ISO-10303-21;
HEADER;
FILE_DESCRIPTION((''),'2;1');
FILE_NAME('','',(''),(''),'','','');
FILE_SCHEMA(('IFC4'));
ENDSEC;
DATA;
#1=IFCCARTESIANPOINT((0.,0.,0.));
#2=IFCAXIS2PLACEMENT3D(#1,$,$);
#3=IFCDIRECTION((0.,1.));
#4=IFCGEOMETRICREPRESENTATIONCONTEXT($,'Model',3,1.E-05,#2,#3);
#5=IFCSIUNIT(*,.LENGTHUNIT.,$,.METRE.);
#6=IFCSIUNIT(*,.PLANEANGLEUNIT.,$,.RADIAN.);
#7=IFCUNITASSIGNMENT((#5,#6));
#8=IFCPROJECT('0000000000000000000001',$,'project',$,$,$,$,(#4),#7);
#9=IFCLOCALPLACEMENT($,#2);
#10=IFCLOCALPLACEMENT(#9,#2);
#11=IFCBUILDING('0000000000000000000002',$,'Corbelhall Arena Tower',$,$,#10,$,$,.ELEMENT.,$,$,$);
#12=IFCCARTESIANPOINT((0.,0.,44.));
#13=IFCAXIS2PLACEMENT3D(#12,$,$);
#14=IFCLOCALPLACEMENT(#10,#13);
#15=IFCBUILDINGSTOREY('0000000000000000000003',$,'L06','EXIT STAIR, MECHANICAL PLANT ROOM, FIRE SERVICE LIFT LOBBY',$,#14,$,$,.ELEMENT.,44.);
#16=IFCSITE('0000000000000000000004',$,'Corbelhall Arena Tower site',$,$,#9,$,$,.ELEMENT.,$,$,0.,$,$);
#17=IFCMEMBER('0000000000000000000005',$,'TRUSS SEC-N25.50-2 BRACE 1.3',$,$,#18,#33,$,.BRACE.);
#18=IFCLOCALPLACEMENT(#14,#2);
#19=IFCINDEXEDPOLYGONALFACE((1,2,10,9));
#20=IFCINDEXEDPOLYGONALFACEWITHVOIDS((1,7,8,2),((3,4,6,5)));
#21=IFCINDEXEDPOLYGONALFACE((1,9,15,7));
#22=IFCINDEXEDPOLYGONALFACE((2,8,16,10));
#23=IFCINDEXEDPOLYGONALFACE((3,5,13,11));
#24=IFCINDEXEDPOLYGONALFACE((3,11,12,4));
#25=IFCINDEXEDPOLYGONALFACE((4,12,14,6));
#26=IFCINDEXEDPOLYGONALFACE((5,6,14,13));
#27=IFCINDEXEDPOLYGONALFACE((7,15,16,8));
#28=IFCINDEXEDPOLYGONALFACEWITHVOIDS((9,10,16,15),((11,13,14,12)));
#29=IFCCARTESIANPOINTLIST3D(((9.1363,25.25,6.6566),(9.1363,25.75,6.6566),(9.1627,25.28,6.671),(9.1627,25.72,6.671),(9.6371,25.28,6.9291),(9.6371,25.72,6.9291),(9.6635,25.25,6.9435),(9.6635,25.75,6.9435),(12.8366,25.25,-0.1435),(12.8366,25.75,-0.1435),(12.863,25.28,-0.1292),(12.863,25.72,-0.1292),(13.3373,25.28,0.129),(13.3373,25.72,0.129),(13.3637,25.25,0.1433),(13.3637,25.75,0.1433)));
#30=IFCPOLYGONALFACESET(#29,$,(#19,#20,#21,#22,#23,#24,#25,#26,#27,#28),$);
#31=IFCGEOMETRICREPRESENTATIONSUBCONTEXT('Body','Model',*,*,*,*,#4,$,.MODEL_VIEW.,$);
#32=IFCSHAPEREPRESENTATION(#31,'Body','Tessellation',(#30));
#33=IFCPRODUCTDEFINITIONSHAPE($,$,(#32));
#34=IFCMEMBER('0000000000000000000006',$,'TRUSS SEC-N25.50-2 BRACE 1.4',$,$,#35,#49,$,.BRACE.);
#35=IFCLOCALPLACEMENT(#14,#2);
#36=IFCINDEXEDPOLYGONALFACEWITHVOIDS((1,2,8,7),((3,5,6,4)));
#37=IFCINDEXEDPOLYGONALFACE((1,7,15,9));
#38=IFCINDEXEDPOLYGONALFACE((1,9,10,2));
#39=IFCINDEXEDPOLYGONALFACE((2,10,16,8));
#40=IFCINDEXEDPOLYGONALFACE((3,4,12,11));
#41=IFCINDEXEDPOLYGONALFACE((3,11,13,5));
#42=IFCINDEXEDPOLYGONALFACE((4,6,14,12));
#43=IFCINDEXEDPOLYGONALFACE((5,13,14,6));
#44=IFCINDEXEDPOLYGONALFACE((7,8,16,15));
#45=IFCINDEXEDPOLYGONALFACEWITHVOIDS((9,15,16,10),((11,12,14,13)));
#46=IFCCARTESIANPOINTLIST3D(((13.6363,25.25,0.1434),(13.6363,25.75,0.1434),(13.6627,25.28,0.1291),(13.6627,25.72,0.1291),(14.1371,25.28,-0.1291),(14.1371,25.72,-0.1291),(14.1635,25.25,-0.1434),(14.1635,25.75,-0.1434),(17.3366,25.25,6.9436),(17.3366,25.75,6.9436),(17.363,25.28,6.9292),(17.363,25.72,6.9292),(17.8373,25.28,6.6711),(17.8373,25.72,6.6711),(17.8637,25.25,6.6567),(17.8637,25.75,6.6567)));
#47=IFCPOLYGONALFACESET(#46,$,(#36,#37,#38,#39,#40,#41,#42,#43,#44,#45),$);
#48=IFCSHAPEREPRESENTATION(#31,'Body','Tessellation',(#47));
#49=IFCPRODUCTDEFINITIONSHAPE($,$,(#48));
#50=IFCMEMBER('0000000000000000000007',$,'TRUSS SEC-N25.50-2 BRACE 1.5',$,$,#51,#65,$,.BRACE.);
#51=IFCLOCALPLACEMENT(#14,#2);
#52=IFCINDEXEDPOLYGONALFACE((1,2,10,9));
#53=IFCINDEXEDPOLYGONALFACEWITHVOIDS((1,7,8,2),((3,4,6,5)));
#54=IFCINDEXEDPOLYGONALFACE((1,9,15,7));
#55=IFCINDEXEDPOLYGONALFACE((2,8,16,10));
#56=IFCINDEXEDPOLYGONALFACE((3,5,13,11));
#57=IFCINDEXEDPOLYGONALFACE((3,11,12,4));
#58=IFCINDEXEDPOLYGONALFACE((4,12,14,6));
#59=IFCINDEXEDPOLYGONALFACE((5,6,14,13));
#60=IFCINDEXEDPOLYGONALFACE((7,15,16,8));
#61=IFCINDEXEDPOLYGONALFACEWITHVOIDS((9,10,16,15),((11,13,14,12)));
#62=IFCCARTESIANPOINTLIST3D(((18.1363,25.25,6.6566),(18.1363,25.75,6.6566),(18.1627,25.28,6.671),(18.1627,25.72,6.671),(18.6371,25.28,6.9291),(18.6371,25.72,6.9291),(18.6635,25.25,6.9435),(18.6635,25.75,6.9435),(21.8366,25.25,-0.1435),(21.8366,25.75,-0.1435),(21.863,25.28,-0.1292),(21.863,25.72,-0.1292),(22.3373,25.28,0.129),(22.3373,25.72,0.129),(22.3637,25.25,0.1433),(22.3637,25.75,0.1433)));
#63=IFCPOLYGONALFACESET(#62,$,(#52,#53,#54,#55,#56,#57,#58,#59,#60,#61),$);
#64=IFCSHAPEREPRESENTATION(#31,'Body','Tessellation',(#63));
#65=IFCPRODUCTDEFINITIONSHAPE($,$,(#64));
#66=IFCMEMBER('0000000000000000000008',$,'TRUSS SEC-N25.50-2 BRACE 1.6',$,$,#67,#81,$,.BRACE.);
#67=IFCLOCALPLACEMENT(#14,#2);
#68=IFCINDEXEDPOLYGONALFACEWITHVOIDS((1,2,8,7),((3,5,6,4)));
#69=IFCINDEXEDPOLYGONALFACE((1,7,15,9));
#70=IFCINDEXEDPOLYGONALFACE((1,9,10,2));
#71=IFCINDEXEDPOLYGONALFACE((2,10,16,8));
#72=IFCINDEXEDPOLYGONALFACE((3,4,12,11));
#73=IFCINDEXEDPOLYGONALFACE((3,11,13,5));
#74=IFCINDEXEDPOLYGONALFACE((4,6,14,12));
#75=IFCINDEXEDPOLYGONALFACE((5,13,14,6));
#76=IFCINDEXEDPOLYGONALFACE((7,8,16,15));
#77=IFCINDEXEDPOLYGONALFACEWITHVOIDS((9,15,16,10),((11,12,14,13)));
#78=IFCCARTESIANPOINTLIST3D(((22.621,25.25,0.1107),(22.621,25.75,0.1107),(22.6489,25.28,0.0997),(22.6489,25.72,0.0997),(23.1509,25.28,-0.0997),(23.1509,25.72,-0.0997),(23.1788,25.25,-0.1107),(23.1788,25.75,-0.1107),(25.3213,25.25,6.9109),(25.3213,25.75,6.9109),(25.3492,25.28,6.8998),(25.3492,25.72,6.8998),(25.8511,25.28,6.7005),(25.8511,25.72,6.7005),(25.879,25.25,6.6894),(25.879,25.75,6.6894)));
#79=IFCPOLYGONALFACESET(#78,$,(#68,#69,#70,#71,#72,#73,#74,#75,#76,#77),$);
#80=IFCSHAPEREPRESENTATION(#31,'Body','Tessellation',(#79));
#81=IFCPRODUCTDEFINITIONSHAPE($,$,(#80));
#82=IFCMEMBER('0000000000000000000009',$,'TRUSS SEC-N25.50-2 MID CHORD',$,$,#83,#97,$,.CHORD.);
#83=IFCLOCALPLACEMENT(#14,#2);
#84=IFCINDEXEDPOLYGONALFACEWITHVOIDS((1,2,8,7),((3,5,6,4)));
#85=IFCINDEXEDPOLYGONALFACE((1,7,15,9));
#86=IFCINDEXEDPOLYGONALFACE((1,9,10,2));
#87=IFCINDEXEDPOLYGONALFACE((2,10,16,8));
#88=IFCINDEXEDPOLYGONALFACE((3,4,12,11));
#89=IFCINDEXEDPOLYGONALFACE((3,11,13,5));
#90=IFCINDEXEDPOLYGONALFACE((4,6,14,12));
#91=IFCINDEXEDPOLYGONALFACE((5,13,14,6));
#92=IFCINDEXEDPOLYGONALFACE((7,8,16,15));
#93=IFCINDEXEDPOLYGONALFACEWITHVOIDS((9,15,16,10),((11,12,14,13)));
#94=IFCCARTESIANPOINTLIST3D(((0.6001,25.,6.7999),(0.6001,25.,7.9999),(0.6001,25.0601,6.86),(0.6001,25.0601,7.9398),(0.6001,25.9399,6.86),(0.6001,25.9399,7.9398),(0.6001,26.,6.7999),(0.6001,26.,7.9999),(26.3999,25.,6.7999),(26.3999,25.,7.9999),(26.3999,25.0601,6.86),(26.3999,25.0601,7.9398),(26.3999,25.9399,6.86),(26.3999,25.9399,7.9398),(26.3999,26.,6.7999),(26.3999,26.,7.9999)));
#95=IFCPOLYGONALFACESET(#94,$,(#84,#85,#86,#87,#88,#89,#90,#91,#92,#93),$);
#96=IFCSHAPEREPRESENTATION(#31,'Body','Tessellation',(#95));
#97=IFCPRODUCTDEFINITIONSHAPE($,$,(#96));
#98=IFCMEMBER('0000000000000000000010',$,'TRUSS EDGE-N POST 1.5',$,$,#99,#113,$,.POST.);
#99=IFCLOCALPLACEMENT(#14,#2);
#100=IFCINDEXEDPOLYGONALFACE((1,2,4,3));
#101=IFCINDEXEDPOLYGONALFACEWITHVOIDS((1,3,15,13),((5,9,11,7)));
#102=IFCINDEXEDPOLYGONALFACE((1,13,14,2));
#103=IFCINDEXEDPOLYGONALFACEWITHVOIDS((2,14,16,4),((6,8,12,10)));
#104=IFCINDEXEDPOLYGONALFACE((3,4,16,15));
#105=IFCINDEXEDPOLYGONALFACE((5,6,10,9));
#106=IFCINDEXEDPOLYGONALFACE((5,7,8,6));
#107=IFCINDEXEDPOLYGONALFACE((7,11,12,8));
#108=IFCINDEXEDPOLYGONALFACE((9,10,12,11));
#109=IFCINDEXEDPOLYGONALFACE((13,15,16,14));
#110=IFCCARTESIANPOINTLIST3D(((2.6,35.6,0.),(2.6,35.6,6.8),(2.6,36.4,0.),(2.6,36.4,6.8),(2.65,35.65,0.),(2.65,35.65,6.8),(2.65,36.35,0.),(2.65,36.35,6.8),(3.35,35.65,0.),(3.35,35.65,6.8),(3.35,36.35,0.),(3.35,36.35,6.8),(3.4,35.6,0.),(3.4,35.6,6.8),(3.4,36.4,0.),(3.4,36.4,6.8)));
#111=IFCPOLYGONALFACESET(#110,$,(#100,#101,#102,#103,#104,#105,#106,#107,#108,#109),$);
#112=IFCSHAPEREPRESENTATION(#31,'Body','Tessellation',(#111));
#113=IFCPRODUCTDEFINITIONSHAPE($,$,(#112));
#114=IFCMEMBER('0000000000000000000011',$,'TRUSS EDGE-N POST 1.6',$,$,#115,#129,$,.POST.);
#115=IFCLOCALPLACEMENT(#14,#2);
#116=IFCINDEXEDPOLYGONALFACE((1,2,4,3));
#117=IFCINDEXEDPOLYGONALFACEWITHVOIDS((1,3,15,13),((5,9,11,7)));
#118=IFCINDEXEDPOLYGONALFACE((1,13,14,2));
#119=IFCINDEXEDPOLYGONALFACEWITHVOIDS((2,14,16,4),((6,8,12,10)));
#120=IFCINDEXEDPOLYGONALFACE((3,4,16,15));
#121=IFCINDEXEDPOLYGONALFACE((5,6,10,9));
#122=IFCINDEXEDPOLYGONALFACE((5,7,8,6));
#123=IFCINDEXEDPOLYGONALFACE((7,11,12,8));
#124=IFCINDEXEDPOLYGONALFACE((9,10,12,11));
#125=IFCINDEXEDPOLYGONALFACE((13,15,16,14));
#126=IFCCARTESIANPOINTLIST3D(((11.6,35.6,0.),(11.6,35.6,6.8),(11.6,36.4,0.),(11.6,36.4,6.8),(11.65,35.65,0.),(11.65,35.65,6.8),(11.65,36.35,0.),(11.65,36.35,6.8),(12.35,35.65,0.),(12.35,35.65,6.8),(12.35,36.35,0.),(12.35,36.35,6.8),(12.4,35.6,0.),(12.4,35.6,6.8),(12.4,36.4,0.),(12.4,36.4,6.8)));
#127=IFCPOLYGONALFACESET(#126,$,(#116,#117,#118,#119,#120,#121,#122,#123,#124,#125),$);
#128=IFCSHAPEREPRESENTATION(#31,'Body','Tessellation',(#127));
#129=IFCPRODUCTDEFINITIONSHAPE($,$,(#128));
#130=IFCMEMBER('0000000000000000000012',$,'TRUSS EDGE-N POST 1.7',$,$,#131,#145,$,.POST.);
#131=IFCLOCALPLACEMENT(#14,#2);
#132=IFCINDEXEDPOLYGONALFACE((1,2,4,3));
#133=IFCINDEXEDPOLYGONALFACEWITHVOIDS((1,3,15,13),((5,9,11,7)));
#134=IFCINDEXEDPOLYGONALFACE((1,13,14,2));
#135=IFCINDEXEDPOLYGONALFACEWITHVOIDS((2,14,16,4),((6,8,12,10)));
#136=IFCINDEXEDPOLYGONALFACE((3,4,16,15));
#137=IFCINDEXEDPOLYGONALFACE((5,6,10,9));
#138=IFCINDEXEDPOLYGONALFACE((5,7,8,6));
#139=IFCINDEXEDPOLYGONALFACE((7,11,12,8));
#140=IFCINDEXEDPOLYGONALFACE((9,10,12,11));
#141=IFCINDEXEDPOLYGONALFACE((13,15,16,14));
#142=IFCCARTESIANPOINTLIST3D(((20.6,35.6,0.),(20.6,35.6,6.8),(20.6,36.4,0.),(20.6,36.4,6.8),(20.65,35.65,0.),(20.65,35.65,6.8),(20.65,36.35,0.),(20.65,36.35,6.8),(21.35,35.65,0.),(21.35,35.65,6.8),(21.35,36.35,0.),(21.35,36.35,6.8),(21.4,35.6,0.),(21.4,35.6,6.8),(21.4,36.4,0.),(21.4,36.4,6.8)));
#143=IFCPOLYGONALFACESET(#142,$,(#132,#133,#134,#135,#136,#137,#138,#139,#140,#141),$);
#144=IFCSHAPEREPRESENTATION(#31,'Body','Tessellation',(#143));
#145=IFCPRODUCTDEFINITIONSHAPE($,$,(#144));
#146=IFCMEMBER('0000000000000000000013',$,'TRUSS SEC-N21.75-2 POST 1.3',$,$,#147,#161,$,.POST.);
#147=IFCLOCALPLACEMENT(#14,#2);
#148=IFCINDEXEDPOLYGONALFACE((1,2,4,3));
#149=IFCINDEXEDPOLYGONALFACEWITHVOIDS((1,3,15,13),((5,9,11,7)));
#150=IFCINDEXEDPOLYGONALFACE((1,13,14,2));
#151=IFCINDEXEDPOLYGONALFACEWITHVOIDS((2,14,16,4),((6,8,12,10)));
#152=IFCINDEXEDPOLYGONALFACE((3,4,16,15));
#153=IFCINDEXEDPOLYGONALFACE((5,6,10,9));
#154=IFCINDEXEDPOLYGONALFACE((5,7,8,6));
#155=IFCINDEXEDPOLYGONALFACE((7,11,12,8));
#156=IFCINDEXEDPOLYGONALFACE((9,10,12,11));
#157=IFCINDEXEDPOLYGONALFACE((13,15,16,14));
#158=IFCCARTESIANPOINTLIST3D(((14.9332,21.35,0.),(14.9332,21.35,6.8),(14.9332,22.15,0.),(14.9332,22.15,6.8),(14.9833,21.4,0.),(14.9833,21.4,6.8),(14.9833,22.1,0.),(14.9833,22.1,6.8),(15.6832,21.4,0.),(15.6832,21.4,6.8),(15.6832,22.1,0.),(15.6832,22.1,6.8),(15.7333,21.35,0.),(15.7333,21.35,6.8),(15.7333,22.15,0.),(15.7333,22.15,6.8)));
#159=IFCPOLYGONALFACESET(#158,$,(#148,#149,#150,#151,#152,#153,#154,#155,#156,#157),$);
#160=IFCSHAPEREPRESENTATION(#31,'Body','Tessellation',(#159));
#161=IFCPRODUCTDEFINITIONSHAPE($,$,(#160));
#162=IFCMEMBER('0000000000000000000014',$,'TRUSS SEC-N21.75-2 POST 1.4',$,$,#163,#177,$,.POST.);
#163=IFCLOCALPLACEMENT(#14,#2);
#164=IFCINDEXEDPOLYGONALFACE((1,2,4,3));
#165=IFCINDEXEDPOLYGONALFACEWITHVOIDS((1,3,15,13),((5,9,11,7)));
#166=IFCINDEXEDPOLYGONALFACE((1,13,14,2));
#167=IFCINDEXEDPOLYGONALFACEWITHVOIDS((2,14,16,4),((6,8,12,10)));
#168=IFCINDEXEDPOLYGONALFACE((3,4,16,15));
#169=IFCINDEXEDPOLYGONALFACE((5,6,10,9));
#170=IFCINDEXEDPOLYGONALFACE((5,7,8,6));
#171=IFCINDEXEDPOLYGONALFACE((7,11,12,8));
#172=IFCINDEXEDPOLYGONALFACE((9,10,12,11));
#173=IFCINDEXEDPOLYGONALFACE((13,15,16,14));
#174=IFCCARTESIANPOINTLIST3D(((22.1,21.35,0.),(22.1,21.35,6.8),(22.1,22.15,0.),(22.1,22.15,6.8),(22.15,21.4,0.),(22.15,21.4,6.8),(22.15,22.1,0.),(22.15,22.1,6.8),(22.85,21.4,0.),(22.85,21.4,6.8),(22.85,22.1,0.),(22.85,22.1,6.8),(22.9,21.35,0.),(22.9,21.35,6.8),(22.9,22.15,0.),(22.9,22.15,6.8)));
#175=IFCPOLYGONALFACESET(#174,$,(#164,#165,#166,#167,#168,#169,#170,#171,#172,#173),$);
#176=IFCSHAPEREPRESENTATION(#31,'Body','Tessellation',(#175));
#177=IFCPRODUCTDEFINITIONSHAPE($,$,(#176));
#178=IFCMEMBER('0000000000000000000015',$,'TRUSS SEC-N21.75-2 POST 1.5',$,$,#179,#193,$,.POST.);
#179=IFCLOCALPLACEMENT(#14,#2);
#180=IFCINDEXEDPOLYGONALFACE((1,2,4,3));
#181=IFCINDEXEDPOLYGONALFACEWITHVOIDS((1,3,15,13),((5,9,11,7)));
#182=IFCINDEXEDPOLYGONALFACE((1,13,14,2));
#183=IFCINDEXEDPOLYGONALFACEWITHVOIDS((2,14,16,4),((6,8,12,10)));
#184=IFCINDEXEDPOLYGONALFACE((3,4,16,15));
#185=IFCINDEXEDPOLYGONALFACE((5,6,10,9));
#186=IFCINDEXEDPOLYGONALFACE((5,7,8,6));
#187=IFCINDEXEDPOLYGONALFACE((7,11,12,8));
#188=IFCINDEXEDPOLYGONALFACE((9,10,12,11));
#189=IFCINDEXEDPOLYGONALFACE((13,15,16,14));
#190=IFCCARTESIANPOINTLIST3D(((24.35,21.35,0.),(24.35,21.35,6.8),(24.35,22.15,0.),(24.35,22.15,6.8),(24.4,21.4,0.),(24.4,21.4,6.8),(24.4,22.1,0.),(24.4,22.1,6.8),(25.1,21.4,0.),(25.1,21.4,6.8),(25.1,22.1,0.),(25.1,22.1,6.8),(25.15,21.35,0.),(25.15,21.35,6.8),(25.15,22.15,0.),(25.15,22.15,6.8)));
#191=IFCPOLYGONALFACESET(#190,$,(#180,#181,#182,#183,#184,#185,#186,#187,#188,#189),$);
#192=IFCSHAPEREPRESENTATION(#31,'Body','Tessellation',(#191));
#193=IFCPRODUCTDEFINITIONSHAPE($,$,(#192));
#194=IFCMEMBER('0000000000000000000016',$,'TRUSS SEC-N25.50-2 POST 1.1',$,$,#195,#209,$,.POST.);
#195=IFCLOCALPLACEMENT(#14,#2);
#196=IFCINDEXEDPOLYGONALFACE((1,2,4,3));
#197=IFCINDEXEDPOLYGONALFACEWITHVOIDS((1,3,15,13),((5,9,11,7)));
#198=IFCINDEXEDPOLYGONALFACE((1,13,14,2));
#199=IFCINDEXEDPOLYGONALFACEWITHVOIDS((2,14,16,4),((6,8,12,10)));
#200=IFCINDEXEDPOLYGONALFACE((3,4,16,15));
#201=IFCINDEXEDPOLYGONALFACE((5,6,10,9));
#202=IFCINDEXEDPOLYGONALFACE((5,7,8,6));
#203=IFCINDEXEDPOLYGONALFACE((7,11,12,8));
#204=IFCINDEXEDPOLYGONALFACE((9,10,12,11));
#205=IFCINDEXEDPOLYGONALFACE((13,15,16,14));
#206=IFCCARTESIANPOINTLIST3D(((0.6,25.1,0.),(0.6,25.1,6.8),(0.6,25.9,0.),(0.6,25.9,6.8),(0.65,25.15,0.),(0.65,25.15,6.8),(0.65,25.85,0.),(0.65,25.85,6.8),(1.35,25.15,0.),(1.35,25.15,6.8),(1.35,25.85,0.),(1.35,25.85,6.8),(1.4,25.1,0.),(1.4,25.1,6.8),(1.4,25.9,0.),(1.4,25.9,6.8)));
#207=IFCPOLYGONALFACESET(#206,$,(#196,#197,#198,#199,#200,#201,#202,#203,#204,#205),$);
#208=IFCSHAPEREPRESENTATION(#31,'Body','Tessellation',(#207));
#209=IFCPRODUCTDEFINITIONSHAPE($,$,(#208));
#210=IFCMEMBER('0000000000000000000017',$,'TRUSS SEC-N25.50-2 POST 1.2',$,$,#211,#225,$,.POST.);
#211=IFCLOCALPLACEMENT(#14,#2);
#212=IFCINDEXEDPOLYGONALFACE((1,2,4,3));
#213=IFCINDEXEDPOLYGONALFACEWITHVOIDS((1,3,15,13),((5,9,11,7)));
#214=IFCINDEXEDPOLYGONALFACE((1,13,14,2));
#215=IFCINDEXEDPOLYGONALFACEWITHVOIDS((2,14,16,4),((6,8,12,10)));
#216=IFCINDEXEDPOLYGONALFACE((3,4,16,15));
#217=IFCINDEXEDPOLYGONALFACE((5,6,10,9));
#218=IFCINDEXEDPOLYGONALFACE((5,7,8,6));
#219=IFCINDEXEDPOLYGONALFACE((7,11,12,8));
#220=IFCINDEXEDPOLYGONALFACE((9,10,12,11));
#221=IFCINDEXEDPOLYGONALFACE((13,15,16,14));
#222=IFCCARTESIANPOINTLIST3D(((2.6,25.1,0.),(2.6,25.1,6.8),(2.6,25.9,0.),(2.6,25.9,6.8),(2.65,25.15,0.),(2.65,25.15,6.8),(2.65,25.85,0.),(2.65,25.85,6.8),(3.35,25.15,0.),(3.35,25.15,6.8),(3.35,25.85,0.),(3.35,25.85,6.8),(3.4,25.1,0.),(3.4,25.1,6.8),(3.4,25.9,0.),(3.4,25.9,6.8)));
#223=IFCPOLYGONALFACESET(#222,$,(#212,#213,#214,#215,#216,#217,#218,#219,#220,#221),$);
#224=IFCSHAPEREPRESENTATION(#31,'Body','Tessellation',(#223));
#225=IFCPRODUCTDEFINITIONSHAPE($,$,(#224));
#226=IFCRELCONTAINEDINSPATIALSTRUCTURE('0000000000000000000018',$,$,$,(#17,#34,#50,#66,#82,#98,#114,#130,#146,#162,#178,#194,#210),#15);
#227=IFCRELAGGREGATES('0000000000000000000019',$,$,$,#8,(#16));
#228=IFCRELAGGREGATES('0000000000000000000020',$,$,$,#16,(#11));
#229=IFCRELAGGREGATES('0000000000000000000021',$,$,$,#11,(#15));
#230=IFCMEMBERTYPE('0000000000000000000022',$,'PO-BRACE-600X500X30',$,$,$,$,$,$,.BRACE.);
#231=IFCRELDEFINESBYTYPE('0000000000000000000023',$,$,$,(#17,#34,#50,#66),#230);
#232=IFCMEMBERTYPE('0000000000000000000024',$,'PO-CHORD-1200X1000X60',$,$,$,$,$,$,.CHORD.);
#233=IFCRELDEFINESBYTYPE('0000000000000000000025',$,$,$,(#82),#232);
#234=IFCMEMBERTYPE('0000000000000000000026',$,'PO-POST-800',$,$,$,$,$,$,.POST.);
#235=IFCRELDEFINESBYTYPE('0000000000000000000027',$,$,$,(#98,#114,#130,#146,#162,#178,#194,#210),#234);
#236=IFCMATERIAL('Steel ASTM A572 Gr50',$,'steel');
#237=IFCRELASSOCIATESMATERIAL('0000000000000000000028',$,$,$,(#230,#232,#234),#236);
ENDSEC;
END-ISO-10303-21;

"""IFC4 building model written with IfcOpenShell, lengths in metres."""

from ifc_helpers import new_model, si_unit, direction, frame, origin, origin_2d, place, context, subcontext, project, spatial, hollow_rectangle, extrude, material, material_profile, profile_set, type_object, element, save


model = new_model("IFC4")

# Units and contexts
model_context = context("Model", 3, precision=1e-05, world=origin(), true_north=direction((0.0, 1.0)))
body_context = subcontext(model_context, "Body", "Model", "MODEL_VIEW")
ifc_project = project(units=[si_unit("LENGTHUNIT", "METRE"), si_unit("PLANEANGLEUNIT", "RADIAN")], contexts=[model_context])

# Site, building, storey
site_placement = place(None, origin())
site = spatial("IfcSite", under=ifc_project, at=site_placement, Name="Corbelhall Arena Tower site", CompositionType="ELEMENT", RefElevation=0.0)
building_placement = place(site_placement, origin())
building = spatial("IfcBuilding", under=site, at=building_placement, Name="Corbelhall Arena Tower", CompositionType="ELEMENT")
storey_placement = place(building_placement, frame((0.0, 0.0, 44.0)))
storey = spatial("IfcBuildingStorey", under=building, at=storey_placement, Name="L06", Description="EXIT STAIR, MECHANICAL PLANT ROOM, FIRE SERVICE LIFT LOBBY", CompositionType="ELEMENT", Elevation=44.0)

# Members
ifc_material_1 = material(Name="Steel ASTM A572 Gr50", Category="steel")
ifc_material_profile_1 = material_profile(ifc_material_1, hollow_rectangle(XDim=0.5, YDim=0.6001, WallThickness=0.03, at=origin_2d()))
ifc_profile_set_1 = profile_set([ifc_material_profile_1], Name="Steel ASTM A572 Gr50")
member_type_1 = type_object("IfcMemberType", Name="PO-BRACE-600X500X30", PredefinedType="BRACE", material=ifc_profile_set_1)
for number, where, z_axis, x_axis, name in (
    (1, (9.3999, 25.5, 6.8), (0.477964, 0.0, -0.87838), (0.0, 1.0, 0.0), "TRUSS SEC-N25.50-2 BRACE 1.3"),
    (2, (13.8999, 25.5, 0.0), (0.477964, 0.0, 0.87838), (0.0, 1.0, 0.0), "TRUSS SEC-N25.50-2 BRACE 1.4"),
    (3, (18.3999, 25.5, 6.8), (0.477964, 0.0, -0.87838), (0.0, 1.0, 0.0), "TRUSS SEC-N25.50-2 BRACE 1.5"),
):
    element("IfcMember", number, at=place(storey_placement, frame(where, z_axis=z_axis, x_axis=x_axis)), inside=storey, type_object=member_type_1, Name=name, PredefinedType="BRACE", context=body_context, shape_type="SweptSolid", body=[
        extrude(hollow_rectangle(XDim=0.5, YDim=0.6001, WallThickness=0.03, at=origin_2d()), origin(), (0.0, 0.0, 1.0), 7.7417),
    ])
member_1_placement = place(storey_placement, frame((22.8999, 25.5, 0.0), z_axis=(0.369054, 0.0, 0.929408), x_axis=(0.0, 1.0, 0.0)))
element("IfcMember", 4, at=member_1_placement, inside=storey, type_object=member_type_1, Name="TRUSS SEC-N25.50-2 BRACE 1.6", PredefinedType="BRACE", context=body_context, shape_type="SweptSolid", body=[
    extrude(hollow_rectangle(XDim=0.5, YDim=0.6001, WallThickness=0.03, at=origin_2d()), origin(), (0.0, 0.0, 1.0), 7.3167),
])
ifc_material_profile_2 = material_profile(ifc_material_1, hollow_rectangle(XDim=1.0, YDim=1.2, WallThickness=0.0601, at=origin_2d()))
ifc_profile_set_2 = profile_set([ifc_material_profile_2], Name="Steel ASTM A572 Gr50")
member_type_2 = type_object("IfcMemberType", Name="PO-CHORD-1200X1000X60", PredefinedType="CHORD", material=ifc_profile_set_2)
member_2_placement = place(storey_placement, frame((0.6001, 25.5, 7.3999), z_axis=(1.0, 0.0, 0.0), x_axis=(0.0, 1.0, 0.0)))
element("IfcMember", 5, at=member_2_placement, inside=storey, type_object=member_type_2, Name="TRUSS SEC-N25.50-2 MID CHORD", PredefinedType="CHORD", context=body_context, shape_type="SweptSolid", body=[
    extrude(hollow_rectangle(XDim=1.0, YDim=1.2, WallThickness=0.0601, at=origin_2d()), origin(), (0.0, 0.0, 1.0), 25.7998),
])
ifc_material_profile_3 = material_profile(ifc_material_1, hollow_rectangle(XDim=0.8, YDim=0.8, WallThickness=0.05, at=origin_2d()))
ifc_profile_set_3 = profile_set([ifc_material_profile_3], Name="Steel ASTM A572 Gr50")
member_type_3 = type_object("IfcMemberType", Name="PO-POST-800", PredefinedType="POST", material=ifc_profile_set_3)
for number, where, z_axis, x_axis, name in (
    (6, (3.0, 36.0, 0.0), (0.0, 0.0, 1.0), (1.0, 0.0, 0.0), "TRUSS EDGE-N POST 1.5"),
    (7, (12.0, 36.0, 0.0), (0.0, 0.0, 1.0), (1.0, 0.0, 0.0), "TRUSS EDGE-N POST 1.6"),
    (8, (21.0, 36.0, 0.0), (0.0, 0.0, 1.0), (1.0, 0.0, 0.0), "TRUSS EDGE-N POST 1.7"),
    (9, (15.3333, 21.75, 0.0), (0.0, 0.0, 1.0), (1.0, 0.0, 0.0), "TRUSS SEC-N21.75-2 POST 1.3"),
    (10, (22.5, 21.75, 0.0), (0.0, 0.0, 1.0), (1.0, 0.0, 0.0), "TRUSS SEC-N21.75-2 POST 1.4"),
    (11, (24.75, 21.75, 0.0), (0.0, 0.0, 1.0), (1.0, 0.0, 0.0), "TRUSS SEC-N21.75-2 POST 1.5"),
    (12, (1.0, 25.5, 0.0), (0.0, 0.0, 1.0), (1.0, 0.0, 0.0), "TRUSS SEC-N25.50-2 POST 1.1"),
    (13, (3.0, 25.5, 0.0), (0.0, 0.0, 1.0), (1.0, 0.0, 0.0), "TRUSS SEC-N25.50-2 POST 1.2"),
):
    element("IfcMember", number, at=place(storey_placement, frame(where, z_axis=z_axis, x_axis=x_axis)), inside=storey, type_object=member_type_3, Name=name, PredefinedType="POST", context=body_context, shape_type="SweptSolid", body=[
        extrude(hollow_rectangle(XDim=0.8, YDim=0.8, WallThickness=0.05, at=origin_2d()), origin(), (0.0, 0.0, 1.0), 6.8),
    ])

save(model, "model.ifc")
